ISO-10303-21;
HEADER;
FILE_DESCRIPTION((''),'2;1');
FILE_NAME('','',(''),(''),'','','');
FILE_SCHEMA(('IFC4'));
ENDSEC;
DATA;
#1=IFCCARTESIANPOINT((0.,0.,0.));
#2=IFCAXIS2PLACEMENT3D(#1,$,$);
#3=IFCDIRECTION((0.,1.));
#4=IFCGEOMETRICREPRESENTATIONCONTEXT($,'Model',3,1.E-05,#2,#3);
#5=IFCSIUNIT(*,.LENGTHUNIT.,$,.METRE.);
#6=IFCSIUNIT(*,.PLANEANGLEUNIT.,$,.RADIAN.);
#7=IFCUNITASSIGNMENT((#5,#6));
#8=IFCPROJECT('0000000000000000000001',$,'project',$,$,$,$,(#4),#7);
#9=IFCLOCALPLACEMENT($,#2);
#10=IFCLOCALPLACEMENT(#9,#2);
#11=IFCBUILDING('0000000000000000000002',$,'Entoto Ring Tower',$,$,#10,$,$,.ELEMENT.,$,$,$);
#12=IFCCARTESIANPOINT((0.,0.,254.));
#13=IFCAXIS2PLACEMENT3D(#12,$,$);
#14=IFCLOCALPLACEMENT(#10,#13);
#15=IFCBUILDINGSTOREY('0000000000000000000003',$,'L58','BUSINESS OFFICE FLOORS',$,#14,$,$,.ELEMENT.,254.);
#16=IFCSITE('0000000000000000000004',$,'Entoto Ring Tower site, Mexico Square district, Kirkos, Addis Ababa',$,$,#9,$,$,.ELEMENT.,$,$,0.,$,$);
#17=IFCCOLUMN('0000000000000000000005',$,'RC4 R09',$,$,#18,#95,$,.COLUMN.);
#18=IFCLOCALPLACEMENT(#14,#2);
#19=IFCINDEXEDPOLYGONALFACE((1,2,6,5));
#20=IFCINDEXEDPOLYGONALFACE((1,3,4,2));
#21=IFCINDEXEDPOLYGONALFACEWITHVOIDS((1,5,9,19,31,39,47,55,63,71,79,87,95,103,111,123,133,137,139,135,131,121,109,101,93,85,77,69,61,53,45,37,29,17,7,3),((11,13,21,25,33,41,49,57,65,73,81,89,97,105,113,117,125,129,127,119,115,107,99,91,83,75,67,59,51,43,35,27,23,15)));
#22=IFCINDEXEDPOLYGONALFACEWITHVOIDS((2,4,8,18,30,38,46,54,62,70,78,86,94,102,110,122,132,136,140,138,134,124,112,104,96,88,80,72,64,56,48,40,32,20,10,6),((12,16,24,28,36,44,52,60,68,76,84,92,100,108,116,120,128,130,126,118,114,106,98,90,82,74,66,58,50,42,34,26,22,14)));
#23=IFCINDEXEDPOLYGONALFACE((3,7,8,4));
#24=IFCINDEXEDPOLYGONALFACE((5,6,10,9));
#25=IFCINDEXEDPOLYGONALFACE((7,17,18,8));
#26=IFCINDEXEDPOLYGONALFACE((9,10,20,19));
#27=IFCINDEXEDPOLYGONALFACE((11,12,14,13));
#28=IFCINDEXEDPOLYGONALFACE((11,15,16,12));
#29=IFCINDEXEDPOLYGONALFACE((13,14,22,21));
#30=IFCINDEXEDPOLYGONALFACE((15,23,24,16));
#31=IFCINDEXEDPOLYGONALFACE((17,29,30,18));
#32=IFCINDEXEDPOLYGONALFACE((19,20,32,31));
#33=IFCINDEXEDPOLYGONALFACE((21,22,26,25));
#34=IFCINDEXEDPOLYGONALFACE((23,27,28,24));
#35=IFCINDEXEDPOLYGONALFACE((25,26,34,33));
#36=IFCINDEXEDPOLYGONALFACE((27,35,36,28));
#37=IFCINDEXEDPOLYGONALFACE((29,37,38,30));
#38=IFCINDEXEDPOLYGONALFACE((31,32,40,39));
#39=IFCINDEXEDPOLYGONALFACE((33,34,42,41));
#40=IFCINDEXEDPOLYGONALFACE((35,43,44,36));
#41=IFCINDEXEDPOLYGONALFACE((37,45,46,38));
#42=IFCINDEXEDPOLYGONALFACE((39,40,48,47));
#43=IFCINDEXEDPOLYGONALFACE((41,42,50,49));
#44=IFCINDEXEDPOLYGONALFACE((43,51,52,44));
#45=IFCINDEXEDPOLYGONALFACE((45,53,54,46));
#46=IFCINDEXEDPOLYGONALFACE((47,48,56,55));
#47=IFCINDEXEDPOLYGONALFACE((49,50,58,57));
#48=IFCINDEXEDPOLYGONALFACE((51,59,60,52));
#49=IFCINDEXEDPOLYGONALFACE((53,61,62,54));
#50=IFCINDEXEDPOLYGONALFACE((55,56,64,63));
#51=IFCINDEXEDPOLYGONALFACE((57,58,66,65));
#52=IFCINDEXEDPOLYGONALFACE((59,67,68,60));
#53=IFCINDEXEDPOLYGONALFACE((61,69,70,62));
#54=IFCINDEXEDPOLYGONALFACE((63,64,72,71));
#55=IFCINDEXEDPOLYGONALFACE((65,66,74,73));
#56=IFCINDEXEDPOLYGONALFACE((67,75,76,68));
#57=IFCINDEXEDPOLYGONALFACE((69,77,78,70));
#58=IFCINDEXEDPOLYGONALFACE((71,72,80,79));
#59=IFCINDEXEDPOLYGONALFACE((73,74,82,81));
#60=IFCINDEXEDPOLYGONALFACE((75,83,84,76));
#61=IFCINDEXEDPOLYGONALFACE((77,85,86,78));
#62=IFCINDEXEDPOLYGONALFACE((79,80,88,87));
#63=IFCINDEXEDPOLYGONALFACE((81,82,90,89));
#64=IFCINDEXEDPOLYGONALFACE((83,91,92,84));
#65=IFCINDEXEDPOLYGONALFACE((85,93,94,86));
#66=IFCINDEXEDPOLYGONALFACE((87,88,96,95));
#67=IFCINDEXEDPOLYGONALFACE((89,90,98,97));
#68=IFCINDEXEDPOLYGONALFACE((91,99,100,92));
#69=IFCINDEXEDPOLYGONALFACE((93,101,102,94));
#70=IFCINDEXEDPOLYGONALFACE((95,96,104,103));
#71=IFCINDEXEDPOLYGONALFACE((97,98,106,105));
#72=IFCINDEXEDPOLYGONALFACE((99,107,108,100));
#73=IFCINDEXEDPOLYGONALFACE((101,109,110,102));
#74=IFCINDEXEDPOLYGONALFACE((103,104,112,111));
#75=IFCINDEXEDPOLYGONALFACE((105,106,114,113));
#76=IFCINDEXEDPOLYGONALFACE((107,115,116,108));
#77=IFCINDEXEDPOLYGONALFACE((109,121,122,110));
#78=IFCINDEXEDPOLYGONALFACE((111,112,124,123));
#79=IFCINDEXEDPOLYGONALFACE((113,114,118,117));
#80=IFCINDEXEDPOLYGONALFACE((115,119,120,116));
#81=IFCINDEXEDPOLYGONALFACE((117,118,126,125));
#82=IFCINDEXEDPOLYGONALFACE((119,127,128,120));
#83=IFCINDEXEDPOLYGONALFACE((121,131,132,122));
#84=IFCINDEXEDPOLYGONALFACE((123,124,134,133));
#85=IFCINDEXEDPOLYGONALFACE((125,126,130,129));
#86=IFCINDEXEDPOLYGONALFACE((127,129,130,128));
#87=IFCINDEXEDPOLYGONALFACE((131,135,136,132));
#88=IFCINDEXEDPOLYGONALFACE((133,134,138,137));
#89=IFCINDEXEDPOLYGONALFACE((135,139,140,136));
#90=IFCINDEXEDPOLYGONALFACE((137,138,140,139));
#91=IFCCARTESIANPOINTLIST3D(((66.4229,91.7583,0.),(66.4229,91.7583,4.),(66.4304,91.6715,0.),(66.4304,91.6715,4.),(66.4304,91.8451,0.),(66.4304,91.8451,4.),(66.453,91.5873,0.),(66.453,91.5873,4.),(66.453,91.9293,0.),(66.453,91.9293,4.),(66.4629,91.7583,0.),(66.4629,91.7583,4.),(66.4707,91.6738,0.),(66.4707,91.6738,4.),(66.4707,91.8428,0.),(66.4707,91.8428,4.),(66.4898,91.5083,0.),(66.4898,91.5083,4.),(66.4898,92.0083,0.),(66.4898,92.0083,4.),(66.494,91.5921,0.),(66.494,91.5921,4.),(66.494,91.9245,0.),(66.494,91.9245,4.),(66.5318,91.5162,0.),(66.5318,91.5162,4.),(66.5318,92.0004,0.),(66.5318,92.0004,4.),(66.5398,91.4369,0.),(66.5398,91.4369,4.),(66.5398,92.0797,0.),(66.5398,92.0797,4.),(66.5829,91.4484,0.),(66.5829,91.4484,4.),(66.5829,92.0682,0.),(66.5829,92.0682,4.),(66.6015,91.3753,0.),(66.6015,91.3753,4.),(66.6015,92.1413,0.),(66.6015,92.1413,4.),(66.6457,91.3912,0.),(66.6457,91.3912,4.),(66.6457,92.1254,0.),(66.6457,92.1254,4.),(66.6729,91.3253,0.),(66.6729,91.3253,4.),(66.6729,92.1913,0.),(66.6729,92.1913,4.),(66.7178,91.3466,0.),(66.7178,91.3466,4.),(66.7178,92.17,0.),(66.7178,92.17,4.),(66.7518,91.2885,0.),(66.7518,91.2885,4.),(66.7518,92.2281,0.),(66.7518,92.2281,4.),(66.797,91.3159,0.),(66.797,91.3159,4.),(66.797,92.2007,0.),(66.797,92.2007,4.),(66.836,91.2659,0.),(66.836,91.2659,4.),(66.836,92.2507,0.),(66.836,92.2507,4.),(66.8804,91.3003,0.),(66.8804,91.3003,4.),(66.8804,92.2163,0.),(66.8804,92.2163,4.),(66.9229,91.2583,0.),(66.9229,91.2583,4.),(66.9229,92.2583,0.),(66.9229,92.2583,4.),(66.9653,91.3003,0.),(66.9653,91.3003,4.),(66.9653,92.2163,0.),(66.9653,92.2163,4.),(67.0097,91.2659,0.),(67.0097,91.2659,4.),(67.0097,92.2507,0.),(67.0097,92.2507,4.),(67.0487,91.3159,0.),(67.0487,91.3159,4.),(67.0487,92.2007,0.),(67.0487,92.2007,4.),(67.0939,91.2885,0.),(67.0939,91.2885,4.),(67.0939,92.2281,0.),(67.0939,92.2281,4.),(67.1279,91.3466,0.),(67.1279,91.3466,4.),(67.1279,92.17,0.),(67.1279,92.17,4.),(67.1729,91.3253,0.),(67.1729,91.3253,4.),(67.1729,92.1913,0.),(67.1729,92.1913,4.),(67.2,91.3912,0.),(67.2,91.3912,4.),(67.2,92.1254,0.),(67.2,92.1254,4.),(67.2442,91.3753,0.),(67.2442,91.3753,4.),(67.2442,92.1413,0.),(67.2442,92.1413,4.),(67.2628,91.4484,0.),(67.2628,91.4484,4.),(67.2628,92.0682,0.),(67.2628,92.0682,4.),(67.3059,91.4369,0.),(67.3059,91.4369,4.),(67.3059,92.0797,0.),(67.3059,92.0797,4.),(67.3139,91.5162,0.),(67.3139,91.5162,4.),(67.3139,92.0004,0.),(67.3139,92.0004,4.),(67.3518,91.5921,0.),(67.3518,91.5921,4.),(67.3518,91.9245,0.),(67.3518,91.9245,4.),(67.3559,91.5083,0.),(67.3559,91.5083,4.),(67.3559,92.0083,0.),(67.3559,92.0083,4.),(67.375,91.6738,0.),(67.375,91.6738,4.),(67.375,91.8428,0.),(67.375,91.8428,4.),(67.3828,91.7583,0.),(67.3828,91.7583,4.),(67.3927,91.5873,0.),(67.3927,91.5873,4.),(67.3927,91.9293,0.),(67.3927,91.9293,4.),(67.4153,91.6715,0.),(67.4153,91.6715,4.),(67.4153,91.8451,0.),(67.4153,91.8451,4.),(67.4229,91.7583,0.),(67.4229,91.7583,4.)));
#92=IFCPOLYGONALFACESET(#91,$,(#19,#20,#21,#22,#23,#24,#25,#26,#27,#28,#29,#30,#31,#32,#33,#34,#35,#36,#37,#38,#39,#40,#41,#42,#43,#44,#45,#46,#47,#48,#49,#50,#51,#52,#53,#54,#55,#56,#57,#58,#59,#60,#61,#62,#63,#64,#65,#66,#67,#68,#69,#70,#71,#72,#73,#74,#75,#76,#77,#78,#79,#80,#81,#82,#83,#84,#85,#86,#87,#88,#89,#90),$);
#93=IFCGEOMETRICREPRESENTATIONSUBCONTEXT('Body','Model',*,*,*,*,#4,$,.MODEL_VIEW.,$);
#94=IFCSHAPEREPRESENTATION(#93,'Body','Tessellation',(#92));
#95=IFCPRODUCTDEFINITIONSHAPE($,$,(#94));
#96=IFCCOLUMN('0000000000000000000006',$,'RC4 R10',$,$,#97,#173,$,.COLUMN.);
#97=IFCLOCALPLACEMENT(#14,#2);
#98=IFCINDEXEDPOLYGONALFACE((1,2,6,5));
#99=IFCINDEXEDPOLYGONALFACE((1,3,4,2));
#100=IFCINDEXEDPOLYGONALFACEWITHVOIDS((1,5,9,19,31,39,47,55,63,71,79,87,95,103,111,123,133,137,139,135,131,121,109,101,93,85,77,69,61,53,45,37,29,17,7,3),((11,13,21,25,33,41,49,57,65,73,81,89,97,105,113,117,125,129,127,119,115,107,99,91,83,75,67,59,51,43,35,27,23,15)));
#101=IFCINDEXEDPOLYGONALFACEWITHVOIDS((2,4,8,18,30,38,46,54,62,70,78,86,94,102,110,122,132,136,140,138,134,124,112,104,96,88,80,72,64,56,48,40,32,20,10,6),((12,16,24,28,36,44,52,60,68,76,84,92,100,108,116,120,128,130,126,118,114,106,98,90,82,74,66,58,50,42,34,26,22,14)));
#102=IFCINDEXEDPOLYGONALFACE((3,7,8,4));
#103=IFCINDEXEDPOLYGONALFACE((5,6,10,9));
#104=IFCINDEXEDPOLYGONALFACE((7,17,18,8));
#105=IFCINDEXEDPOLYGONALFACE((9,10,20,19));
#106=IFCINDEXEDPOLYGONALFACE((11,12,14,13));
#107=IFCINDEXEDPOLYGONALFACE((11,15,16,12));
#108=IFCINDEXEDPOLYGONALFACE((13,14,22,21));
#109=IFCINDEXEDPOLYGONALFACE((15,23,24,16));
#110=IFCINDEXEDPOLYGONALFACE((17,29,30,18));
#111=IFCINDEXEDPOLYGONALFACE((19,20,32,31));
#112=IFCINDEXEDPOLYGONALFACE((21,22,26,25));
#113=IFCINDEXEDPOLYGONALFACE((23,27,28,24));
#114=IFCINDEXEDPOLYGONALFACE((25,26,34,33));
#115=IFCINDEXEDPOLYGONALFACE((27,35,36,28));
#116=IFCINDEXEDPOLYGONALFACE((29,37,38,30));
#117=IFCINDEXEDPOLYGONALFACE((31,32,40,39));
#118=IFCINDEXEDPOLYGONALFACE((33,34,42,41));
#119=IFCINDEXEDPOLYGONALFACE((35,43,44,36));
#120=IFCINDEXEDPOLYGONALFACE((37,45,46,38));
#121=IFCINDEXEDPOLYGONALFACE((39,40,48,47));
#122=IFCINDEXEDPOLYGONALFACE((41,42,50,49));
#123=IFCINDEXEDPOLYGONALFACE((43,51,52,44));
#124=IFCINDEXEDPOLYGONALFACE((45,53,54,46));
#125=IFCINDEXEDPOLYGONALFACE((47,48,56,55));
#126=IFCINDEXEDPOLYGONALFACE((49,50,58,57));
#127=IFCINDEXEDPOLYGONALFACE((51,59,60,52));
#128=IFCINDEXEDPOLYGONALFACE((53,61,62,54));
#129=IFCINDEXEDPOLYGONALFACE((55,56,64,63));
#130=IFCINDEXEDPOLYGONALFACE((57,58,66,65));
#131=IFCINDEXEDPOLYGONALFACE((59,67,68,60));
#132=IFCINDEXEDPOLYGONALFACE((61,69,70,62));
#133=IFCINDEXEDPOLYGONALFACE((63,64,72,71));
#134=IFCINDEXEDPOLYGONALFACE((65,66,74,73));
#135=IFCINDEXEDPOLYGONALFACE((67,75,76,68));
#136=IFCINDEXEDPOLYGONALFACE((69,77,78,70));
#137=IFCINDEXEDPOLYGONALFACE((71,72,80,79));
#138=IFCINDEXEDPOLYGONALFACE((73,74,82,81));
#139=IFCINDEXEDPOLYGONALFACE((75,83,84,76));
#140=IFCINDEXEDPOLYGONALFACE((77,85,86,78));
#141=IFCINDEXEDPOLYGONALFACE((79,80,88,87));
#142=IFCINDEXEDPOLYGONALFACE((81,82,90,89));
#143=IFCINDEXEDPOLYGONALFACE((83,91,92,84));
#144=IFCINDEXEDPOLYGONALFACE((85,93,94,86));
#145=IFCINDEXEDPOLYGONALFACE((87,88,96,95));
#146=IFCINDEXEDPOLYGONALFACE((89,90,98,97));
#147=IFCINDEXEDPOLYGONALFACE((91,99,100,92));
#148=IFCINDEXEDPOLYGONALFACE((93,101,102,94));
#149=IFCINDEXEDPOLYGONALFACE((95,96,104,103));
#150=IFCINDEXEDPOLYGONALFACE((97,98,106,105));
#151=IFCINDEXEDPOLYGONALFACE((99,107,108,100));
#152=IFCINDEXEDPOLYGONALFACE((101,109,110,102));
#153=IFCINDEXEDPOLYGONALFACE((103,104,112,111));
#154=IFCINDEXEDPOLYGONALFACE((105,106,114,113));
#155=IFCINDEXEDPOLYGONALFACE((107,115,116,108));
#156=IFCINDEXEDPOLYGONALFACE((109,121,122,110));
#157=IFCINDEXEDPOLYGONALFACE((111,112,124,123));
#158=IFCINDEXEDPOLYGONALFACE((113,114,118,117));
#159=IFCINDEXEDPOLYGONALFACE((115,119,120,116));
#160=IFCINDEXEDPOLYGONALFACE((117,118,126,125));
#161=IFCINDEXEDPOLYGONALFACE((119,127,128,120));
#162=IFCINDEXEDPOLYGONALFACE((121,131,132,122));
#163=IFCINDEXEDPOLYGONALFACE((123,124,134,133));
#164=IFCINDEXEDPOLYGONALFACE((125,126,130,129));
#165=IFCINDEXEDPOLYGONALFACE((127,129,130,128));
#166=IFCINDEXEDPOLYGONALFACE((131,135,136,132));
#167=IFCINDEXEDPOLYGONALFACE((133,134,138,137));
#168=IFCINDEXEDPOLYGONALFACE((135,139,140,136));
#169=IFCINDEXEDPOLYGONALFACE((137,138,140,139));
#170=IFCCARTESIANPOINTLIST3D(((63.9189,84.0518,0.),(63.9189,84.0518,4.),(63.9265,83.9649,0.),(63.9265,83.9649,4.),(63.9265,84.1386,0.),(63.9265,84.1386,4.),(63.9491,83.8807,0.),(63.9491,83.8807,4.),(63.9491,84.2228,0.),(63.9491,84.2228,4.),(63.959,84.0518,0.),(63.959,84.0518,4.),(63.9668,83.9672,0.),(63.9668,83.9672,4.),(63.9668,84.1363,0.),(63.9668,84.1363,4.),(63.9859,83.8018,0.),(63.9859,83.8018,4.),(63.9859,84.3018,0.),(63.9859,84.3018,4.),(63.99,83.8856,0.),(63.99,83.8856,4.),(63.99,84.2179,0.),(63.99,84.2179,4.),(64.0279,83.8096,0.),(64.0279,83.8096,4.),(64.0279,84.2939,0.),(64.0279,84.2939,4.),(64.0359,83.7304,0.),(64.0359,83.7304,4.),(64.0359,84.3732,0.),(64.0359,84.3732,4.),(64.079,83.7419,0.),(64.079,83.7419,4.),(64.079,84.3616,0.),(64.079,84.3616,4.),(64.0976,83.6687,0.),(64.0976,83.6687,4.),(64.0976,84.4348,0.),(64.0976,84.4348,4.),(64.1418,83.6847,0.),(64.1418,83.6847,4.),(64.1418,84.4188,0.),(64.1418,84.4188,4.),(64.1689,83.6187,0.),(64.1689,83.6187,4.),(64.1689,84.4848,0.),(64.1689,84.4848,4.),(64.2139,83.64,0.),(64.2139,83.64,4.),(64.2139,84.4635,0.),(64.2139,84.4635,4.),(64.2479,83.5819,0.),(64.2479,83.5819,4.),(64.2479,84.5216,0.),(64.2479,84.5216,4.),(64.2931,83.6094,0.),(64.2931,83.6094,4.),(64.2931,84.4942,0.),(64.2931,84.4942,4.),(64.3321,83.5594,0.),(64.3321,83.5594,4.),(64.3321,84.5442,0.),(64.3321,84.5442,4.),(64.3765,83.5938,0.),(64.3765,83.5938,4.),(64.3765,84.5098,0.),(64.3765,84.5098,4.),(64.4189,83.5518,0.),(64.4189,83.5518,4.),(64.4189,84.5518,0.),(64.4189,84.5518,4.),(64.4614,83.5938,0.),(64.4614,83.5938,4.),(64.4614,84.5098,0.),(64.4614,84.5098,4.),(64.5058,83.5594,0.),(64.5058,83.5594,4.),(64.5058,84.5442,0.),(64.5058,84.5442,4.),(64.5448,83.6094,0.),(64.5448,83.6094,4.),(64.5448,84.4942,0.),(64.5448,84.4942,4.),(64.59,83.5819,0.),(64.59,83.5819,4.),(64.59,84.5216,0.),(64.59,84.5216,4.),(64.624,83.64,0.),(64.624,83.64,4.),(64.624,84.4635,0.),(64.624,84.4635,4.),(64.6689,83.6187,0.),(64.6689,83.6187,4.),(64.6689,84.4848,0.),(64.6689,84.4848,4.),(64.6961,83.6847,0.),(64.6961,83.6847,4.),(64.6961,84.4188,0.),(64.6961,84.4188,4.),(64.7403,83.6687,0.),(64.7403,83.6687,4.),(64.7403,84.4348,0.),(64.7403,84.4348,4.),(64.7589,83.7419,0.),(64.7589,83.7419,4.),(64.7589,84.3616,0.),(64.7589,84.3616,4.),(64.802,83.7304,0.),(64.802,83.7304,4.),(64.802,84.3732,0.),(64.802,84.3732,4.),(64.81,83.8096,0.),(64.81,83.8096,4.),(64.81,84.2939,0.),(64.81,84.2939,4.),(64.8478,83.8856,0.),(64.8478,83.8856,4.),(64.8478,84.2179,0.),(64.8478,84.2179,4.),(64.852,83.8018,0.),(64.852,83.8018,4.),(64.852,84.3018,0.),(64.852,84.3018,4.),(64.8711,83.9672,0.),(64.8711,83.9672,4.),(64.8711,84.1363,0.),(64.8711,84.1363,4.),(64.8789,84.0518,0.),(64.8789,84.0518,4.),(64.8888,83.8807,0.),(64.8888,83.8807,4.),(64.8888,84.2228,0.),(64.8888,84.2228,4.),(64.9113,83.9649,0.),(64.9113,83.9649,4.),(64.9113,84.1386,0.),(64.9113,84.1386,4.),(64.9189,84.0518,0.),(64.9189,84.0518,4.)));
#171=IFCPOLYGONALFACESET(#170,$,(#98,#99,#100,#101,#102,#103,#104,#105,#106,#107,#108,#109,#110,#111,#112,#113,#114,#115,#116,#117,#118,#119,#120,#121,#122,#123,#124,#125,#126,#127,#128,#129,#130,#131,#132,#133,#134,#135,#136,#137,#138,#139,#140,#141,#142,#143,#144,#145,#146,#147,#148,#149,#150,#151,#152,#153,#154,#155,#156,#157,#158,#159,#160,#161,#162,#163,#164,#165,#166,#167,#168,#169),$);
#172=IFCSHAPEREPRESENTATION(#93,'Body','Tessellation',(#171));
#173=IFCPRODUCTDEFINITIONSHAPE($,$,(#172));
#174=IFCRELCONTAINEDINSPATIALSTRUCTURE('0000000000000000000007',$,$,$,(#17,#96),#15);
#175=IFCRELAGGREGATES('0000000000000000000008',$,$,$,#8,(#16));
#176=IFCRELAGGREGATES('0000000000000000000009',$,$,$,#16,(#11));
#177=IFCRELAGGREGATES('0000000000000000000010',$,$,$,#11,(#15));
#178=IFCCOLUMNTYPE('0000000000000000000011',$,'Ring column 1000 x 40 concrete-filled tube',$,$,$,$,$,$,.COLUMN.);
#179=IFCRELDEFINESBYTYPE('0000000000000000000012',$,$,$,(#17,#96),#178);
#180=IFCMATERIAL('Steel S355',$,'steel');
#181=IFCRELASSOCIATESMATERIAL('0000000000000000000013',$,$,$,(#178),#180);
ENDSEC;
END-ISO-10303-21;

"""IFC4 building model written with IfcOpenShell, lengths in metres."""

from ifc_helpers import new_model, si_unit, direction, frame, origin, origin_2d, place, context, subcontext, project, spatial, circle, hollow_circle, extrude, material, material_profile, profile_set, type_object, element, save


model = new_model("IFC4")

# Units and contexts
model_context = context("Model", 3, precision=1e-05, world=origin(), true_north=direction((0.0, 1.0)))
body_context = subcontext(model_context, "Body", "Model", "MODEL_VIEW")
ifc_project = project(units=[si_unit("LENGTHUNIT", "METRE"), si_unit("PLANEANGLEUNIT", "RADIAN")], contexts=[model_context])

# Site, building, storey
site_placement = place(None, origin())
site = spatial("IfcSite", under=ifc_project, at=site_placement, Name="Entoto Ring Tower site, Mexico Square district, Kirkos, Addis Ababa", CompositionType="ELEMENT", RefElevation=0.0)
building_placement = place(site_placement, origin())
building = spatial("IfcBuilding", under=site, at=building_placement, Name="Entoto Ring Tower", CompositionType="ELEMENT")
storey_placement = place(building_placement, frame((0.0, 0.0, 254.0)))
storey = spatial("IfcBuildingStorey", under=building, at=storey_placement, Name="L58", Description="BUSINESS OFFICE FLOORS", CompositionType="ELEMENT", Elevation=254.0)

# Columns
ifc_material_1 = material(Name="Steel S355", Category="steel")
ifc_material_profile_1 = material_profile(ifc_material_1, hollow_circle(Radius=0.5, WallThickness=0.04, at=origin_2d()), Name="CHS 1000 x 40")
ifc_material_2 = material(Name="Concrete C60/75", Category="concrete")
ifc_material_profile_2 = material_profile(ifc_material_2, circle(Radius=0.46, at=origin_2d()), Name="Concrete C60/75 infill")
ifc_profile_set_1 = profile_set([ifc_material_profile_1, ifc_material_profile_2], Name="Steel S355")
column_type = type_object("IfcColumnType", Name="Ring column 1000 x 40 concrete-filled tube", PredefinedType="COLUMN", material=ifc_profile_set_1)
for number, where, z_axis, x_axis, name in (
    (1, (66.9229, 91.7583, 0.0), (0.0, 0.0, 1.0), (1.0, 0.0, 0.0), "RC4 R09"),
    (2, (64.4189, 84.0518, 0.0), (0.0, 0.0, 1.0), (1.0, 0.0, 0.0), "RC4 R10"),
):
    element("IfcColumn", number, at=place(storey_placement, frame(where, z_axis=z_axis, x_axis=x_axis)), inside=storey, type_object=column_type, Name=name, PredefinedType="COLUMN", context=body_context, shape_type="SweptSolid", body=[
        extrude(hollow_circle(Radius=0.5, WallThickness=0.04, at=origin_2d()), origin(), (0.0, 0.0, 1.0), 4.0),
    ])

save(model, "model.ifc")
